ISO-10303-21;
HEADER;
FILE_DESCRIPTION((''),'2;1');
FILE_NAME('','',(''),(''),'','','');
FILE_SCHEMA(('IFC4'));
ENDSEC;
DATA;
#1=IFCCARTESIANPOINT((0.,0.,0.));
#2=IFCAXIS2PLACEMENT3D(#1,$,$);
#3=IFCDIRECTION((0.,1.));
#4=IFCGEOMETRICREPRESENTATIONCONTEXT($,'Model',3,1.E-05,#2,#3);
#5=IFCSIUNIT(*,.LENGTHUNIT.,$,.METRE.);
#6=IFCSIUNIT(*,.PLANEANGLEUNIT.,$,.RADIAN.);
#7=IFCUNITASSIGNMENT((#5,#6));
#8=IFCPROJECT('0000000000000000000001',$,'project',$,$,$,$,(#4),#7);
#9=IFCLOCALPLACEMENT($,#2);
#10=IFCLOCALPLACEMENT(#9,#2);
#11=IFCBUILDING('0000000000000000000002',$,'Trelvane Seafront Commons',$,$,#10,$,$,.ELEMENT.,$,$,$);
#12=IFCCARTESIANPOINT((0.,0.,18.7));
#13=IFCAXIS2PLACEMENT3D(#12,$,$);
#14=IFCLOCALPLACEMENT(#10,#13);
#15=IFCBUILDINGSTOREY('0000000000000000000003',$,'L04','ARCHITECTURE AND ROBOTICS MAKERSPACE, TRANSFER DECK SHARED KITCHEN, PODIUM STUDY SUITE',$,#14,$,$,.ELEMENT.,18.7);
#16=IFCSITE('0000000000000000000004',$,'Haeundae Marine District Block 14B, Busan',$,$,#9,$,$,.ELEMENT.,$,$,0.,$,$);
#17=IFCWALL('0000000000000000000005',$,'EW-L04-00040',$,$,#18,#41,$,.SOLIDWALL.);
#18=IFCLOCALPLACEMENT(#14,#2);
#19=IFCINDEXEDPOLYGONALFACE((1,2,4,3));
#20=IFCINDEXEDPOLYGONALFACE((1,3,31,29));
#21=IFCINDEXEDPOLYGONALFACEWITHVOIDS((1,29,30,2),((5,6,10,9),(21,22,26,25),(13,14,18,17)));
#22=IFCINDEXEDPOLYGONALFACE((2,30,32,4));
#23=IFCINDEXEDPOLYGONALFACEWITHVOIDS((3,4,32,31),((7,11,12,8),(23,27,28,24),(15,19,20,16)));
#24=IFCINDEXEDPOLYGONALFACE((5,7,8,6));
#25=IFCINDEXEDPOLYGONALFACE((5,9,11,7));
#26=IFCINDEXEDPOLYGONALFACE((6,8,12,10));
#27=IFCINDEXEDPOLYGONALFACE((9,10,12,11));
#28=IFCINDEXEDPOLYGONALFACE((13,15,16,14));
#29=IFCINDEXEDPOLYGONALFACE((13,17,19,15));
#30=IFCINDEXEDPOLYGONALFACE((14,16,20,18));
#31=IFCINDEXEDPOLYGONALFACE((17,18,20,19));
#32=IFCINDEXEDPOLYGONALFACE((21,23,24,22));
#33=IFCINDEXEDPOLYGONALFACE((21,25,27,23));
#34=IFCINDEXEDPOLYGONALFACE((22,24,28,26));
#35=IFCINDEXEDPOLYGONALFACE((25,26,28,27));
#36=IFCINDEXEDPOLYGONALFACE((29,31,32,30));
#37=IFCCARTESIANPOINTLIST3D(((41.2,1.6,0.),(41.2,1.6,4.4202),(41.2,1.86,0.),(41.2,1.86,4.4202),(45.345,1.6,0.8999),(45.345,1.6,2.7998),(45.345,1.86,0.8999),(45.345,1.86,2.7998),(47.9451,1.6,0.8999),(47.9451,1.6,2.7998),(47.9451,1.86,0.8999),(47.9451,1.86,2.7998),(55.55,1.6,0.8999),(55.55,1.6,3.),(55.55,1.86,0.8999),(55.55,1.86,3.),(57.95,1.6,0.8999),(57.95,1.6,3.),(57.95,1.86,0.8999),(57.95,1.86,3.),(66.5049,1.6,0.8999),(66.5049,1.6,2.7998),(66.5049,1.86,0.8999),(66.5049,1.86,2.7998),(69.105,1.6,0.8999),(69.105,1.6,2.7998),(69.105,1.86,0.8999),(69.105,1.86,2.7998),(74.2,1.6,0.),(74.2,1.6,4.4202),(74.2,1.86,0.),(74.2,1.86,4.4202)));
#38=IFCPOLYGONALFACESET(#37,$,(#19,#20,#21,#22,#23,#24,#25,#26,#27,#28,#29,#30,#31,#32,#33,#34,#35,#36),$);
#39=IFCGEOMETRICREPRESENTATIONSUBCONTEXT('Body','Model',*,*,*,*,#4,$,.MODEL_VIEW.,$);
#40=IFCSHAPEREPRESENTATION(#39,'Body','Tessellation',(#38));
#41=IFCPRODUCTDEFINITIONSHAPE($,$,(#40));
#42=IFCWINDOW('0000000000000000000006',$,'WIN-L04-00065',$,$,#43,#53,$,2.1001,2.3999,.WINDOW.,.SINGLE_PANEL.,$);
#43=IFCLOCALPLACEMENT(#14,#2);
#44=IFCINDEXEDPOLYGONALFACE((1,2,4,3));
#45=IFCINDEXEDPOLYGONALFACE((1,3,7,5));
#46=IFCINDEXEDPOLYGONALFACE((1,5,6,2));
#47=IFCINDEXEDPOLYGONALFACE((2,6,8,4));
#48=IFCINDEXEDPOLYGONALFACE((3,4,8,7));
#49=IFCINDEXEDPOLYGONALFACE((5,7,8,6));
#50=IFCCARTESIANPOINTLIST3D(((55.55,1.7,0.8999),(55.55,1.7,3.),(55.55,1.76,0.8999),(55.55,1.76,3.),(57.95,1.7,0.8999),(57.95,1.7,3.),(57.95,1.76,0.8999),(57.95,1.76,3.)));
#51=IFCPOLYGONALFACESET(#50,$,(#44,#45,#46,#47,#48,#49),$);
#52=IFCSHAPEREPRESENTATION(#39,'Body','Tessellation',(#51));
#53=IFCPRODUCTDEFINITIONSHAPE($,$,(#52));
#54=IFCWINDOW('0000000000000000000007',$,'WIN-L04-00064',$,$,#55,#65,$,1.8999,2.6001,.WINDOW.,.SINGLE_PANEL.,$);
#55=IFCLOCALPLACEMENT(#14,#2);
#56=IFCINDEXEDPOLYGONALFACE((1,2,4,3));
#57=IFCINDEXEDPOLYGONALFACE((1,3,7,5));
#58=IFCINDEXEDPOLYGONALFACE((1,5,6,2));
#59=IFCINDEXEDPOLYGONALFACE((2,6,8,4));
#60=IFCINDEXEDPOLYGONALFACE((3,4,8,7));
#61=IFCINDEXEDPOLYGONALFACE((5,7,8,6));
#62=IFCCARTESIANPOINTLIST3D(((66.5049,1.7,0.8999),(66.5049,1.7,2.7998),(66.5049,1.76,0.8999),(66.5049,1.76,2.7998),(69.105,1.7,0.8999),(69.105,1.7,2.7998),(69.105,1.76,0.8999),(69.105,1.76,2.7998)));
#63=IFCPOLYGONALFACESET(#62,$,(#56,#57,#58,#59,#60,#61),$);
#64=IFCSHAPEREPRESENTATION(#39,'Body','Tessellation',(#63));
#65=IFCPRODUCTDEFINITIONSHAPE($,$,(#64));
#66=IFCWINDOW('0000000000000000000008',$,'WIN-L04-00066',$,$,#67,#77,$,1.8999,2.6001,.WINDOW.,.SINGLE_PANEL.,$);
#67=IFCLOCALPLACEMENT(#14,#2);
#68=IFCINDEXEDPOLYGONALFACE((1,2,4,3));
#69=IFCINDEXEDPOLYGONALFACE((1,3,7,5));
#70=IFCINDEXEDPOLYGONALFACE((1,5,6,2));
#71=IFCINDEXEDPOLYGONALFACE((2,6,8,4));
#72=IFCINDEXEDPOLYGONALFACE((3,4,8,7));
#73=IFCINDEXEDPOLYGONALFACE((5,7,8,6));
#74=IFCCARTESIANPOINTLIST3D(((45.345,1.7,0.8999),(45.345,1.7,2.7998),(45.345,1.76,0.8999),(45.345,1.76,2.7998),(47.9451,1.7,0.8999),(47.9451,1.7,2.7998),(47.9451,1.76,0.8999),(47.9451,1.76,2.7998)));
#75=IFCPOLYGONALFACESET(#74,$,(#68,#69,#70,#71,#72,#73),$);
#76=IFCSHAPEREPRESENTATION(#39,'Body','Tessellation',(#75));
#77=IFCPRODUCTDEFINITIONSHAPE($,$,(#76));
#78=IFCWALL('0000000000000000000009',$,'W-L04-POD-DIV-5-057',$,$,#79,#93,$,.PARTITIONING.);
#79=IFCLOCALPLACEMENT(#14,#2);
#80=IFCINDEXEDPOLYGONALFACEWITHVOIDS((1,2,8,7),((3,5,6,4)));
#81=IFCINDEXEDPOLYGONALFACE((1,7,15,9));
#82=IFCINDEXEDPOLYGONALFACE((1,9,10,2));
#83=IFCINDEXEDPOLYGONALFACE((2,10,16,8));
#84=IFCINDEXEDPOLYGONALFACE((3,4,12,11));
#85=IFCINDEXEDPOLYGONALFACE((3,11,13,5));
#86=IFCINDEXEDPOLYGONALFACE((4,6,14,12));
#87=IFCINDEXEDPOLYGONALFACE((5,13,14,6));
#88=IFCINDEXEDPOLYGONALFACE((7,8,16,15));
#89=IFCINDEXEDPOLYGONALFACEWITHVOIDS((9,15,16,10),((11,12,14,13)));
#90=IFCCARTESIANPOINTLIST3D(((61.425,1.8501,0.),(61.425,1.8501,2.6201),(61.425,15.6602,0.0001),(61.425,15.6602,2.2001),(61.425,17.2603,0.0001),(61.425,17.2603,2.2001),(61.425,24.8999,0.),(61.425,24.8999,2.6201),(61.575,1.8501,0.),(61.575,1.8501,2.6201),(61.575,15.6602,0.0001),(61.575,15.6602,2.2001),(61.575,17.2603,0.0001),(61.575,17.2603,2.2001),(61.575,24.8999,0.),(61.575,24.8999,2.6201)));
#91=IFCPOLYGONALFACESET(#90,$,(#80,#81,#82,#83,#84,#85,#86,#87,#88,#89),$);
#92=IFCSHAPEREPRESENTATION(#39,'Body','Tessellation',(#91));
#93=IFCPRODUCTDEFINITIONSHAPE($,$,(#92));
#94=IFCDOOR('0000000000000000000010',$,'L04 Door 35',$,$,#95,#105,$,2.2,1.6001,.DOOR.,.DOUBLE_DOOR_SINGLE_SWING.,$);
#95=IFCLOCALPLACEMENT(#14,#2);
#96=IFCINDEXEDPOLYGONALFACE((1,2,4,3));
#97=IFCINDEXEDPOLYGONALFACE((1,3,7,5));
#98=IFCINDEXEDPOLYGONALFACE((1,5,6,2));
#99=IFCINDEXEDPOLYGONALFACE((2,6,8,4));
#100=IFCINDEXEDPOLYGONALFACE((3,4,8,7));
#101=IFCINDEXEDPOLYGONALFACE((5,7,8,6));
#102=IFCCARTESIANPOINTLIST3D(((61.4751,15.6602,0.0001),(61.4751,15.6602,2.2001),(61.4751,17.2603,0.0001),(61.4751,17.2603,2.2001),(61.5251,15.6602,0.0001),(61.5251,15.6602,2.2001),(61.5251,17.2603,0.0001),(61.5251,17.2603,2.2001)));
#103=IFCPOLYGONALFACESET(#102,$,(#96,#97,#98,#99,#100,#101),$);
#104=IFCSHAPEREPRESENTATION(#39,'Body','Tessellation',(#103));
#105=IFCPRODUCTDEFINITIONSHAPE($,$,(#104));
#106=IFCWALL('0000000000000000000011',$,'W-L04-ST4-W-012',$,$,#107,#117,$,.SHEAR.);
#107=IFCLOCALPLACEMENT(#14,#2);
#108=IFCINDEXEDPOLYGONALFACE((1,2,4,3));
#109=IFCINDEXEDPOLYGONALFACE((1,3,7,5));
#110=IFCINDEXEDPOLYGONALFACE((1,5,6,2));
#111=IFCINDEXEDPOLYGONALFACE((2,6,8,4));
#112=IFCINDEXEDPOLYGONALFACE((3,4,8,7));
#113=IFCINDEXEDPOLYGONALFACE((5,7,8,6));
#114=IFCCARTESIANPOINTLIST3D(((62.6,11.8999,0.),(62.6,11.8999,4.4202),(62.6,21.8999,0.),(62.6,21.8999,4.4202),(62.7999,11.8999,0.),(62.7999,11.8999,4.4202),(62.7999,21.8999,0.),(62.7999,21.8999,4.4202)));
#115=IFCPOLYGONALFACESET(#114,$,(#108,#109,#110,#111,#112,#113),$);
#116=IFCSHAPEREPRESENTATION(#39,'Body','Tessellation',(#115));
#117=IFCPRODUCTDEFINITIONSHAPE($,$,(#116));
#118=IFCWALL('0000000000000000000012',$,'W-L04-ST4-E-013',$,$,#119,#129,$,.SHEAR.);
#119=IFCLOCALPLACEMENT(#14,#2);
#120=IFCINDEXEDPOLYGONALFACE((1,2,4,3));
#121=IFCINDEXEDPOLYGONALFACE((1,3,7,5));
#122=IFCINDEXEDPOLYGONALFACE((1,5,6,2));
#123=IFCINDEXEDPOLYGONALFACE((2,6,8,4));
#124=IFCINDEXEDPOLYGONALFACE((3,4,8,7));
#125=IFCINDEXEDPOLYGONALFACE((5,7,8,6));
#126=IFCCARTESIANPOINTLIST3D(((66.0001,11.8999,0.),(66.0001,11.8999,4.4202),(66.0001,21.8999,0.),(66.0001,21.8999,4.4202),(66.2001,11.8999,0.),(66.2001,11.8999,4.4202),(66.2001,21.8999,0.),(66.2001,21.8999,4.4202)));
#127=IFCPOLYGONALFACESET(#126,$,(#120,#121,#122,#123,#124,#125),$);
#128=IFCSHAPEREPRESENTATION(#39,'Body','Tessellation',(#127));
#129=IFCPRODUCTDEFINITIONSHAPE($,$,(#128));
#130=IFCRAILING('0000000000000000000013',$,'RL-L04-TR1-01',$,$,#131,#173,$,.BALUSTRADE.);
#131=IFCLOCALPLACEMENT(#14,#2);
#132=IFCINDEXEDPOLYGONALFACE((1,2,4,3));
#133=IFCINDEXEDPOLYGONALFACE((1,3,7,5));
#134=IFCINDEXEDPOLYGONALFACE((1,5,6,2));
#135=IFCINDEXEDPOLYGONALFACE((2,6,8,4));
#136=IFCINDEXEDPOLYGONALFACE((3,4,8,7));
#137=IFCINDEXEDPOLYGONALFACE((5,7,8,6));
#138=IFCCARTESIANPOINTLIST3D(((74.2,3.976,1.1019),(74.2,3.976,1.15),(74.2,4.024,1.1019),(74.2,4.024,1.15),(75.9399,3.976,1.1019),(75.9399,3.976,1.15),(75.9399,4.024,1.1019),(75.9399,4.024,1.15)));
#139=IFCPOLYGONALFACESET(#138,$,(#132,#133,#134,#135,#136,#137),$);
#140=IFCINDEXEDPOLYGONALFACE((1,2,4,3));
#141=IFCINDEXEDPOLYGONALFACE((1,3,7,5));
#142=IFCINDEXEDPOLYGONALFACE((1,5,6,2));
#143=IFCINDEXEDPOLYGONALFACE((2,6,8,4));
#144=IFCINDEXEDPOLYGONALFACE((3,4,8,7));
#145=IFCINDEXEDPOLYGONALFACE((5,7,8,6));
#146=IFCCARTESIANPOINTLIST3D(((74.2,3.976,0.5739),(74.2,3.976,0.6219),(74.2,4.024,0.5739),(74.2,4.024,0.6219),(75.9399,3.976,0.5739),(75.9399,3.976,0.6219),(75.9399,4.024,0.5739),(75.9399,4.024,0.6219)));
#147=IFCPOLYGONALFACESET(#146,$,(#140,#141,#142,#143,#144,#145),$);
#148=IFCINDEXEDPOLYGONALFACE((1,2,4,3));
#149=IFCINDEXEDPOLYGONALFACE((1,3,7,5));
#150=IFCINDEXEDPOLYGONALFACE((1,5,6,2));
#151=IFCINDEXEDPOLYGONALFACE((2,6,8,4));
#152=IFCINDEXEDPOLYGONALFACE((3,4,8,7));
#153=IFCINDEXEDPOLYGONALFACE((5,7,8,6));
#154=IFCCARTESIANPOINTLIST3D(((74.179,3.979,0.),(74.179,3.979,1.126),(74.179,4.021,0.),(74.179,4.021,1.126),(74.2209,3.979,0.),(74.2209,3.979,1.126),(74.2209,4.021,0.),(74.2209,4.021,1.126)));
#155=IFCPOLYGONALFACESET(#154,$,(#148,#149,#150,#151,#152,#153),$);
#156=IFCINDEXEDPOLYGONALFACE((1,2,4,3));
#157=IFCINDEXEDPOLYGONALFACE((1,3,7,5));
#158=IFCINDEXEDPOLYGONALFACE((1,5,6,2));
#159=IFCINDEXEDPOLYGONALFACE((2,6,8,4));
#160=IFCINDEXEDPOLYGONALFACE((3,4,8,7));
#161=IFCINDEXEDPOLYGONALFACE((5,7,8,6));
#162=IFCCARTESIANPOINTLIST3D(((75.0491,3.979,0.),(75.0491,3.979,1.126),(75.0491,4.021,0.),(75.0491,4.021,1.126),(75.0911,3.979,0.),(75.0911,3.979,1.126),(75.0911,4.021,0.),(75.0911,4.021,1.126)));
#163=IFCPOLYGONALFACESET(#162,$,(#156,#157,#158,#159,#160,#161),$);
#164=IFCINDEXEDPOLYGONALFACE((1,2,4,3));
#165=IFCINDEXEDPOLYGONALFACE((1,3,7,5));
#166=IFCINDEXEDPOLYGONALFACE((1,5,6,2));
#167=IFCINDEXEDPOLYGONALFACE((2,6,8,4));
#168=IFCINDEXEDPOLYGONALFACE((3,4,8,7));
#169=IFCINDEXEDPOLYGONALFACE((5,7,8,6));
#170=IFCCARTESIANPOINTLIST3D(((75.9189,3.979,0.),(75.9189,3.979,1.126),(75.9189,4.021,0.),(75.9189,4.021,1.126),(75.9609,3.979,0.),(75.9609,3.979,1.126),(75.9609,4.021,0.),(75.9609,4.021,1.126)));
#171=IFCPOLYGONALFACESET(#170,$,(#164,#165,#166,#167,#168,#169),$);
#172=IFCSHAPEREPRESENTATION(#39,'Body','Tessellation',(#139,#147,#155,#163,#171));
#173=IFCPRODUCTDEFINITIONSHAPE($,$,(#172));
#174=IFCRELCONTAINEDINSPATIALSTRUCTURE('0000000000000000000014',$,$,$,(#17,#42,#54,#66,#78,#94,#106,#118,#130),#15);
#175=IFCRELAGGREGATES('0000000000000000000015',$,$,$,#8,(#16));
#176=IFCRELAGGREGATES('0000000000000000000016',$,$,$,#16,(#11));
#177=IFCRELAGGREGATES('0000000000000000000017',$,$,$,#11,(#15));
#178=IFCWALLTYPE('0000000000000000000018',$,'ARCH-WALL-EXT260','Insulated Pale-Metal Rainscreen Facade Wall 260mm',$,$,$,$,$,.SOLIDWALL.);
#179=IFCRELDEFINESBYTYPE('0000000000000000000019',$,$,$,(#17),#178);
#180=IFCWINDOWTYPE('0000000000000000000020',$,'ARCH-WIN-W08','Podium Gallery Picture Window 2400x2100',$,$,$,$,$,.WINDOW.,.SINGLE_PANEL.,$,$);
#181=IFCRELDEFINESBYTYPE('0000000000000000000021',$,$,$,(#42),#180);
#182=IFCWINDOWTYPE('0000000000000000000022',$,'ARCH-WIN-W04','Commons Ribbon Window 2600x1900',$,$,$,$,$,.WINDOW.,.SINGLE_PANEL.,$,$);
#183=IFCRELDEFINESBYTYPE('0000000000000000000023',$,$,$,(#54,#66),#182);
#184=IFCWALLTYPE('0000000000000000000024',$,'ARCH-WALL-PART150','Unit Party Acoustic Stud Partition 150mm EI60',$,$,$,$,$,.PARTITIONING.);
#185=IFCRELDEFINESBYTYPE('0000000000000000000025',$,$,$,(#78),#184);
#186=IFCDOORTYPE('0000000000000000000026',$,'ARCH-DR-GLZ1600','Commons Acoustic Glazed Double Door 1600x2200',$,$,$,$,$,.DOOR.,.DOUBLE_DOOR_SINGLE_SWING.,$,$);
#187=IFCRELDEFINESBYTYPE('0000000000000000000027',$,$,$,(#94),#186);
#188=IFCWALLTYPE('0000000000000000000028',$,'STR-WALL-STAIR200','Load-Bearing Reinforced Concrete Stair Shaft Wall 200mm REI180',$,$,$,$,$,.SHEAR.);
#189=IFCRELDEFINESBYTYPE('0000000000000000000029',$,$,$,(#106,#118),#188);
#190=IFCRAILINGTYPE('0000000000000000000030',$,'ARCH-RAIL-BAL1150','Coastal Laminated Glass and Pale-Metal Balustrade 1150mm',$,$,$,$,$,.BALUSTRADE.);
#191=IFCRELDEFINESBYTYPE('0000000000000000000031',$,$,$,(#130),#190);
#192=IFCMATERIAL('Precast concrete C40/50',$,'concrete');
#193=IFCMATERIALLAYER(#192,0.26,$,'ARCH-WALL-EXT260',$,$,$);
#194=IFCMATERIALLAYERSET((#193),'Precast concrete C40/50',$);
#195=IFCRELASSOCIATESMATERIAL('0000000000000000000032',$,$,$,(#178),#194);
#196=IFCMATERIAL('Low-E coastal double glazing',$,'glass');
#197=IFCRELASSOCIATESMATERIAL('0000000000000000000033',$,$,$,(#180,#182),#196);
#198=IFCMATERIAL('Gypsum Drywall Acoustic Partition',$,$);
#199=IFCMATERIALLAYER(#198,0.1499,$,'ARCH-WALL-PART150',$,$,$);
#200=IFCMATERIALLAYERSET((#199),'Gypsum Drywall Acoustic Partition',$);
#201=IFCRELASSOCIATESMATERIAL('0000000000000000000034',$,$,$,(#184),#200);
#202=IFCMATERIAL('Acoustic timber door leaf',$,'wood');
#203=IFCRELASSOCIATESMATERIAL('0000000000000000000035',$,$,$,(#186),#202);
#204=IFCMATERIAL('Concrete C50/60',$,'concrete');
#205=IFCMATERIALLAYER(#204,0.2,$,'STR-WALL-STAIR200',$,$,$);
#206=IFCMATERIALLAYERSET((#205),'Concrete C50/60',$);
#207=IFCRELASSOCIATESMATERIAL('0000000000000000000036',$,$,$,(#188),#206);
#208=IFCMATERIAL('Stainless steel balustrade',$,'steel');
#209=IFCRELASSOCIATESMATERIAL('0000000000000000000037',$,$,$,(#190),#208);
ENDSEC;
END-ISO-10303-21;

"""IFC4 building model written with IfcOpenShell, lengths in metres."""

from ifc_helpers import new_model, si_unit, direction, frame, frame_2d, origin, origin_2d, place, context, subcontext, project, spatial, rectangle, extrude, source, transform, mapped, material, layer, layer_set, type_object, element, fill, save


model = new_model("IFC4")

# Units and contexts
model_context = context("Model", 3, precision=1e-05, world=origin(), true_north=direction((0.0, 1.0)))
body_context = subcontext(model_context, "Body", "Model", "MODEL_VIEW")
ifc_project = project(units=[si_unit("LENGTHUNIT", "METRE"), si_unit("PLANEANGLEUNIT", "RADIAN")], contexts=[model_context])

# Site, building, storey
site_placement = place(None, origin())
site = spatial("IfcSite", under=ifc_project, at=site_placement, Name="Haeundae Marine District Block 14B, Busan", CompositionType="ELEMENT", RefElevation=0.0)
building_placement = place(site_placement, origin())
building = spatial("IfcBuilding", under=site, at=building_placement, Name="Trelvane Seafront Commons", CompositionType="ELEMENT")
storey_placement = place(building_placement, frame((0.0, 0.0, 18.7)))
storey = spatial("IfcBuildingStorey", under=building, at=storey_placement, Name="L04", Description="ARCHITECTURE AND ROBOTICS MAKERSPACE, TRANSFER DECK SHARED KITCHEN, PODIUM STUDY SUITE", CompositionType="ELEMENT", Elevation=18.7)

# Wall, openings, windows
ifc_material_1 = material(Name="Precast concrete C40/50", Category="concrete")
ifc_layer_1 = layer(ifc_material_1, 0.26, Name="ARCH-WALL-EXT260")
ifc_layer_set_1 = layer_set([ifc_layer_1], Name="Precast concrete C40/50")
wall_type_1 = type_object("IfcWallType", Name="ARCH-WALL-EXT260", Description="Insulated Pale-Metal Rainscreen Facade Wall 260mm", PredefinedType="SOLIDWALL", material=ifc_layer_set_1)
wall_1_placement = place(storey_placement, frame((74.2, 1.73, 0.0), z_axis=(0.0, 0.0, 1.0), x_axis=(-1.0, 0.0, 0.0)))
wall_1 = element("IfcWall", 1, at=wall_1_placement, inside=storey, type_object=wall_type_1, Name="EW-L04-00040", PredefinedType="SOLIDWALL", context=body_context, shape_type="SweptSolid", body=[
    extrude(rectangle(XDim=33.0, YDim=0.26, at=frame_2d((16.5, 0.0))), origin(), (0.0, 0.0, 1.0), 4.4202),
])
opening_1_placement = place(wall_1_placement, frame((5.095, 0.0, 0.8999)))
opening_1 = element("IfcOpeningElement", 2, at=opening_1_placement, cuts=wall_1, PredefinedType="OPENING", context=body_context, shape_type="SweptSolid", body=[
    extrude(rectangle(XDim=2.6001, YDim=1.8999, at=frame_2d((1.3, 0.95))), frame((0.0, 0.1399, 0.0), z_axis=(0.0, -1.0, 0.0), x_axis=(1.0, 0.0, 0.0)), (0.0, 0.0, 1.0), 0.28),
])
opening_2_placement = place(wall_1_placement, frame((16.25, 0.0, 0.8999)))
opening_2 = element("IfcOpeningElement", 3, at=opening_2_placement, cuts=wall_1, PredefinedType="OPENING", context=body_context, shape_type="SweptSolid", body=[
    extrude(rectangle(XDim=2.3999, YDim=2.1001, at=frame_2d((1.2, 1.05))), frame((0.0, 0.1399, 0.0), z_axis=(0.0, -1.0, 0.0), x_axis=(1.0, 0.0, 0.0)), (0.0, 0.0, 1.0), 0.28),
])
opening_3_placement = place(wall_1_placement, frame((26.2549, 0.0, 0.8999)))
opening_3 = element("IfcOpeningElement", 4, at=opening_3_placement, cuts=wall_1, PredefinedType="OPENING", context=body_context, shape_type="SweptSolid", body=[
    extrude(rectangle(XDim=2.6001, YDim=1.8999, at=frame_2d((1.3, 0.95))), frame((0.0, 0.1399, 0.0), z_axis=(0.0, -1.0, 0.0), x_axis=(1.0, 0.0, 0.0)), (0.0, 0.0, 1.0), 0.28),
])
ifc_material_2 = material(Name="Low-E coastal double glazing", Category="glass")
window_type_1 = type_object("IfcWindowType", Name="ARCH-WIN-W08", Description="Podium Gallery Picture Window 2400x2100", PartitioningType="SINGLE_PANEL", PredefinedType="WINDOW", material=ifc_material_2)
shared_shape_1 = source(origin(), body_context, "Body", "SweptSolid", [
    extrude(rectangle(XDim=2.3999, YDim=2.1001, at=frame_2d((1.2, 1.05))), frame((0.0, 0.03, 0.0), z_axis=(0.0, -1.0, 0.0), x_axis=(1.0, 0.0, 0.0)), (0.0, 0.0, 1.0), 0.0601),
])
window_1_placement = place(opening_2_placement, origin())
window_1 = element("IfcWindow", 5, at=window_1_placement, inside=storey, type_object=window_type_1, Name="WIN-L04-00065", OverallHeight=2.1001, OverallWidth=2.3999, PartitioningType="SINGLE_PANEL", PredefinedType="WINDOW", context=body_context, shape_type="MappedRepresentation", body=[
    mapped(shared_shape_1, transform((0.0, 0.0, 0.0), x_axis=(1.0, 0.0, 0.0), y_axis=(0.0, 1.0, 0.0), z_axis=(0.0, 0.0, 1.0), scale=1.0)),
])
fill(opening_2, window_1)
window_type_2 = type_object("IfcWindowType", Name="ARCH-WIN-W04", Description="Commons Ribbon Window 2600x1900", PartitioningType="SINGLE_PANEL", PredefinedType="WINDOW", material=ifc_material_2)
shared_shape_2 = source(origin(), body_context, "Body", "SweptSolid", [
    extrude(rectangle(XDim=2.6001, YDim=1.8999, at=frame_2d((1.3, 0.95))), frame((0.0, 0.03, 0.0), z_axis=(0.0, -1.0, 0.0), x_axis=(1.0, 0.0, 0.0)), (0.0, 0.0, 1.0), 0.0601),
])
window_2_placement = place(opening_1_placement, origin())
window_2 = element("IfcWindow", 6, at=window_2_placement, inside=storey, type_object=window_type_2, Name="WIN-L04-00064", OverallHeight=1.8999, OverallWidth=2.6001, PartitioningType="SINGLE_PANEL", PredefinedType="WINDOW", context=body_context, shape_type="MappedRepresentation", body=[
    mapped(shared_shape_2, transform((0.0, 0.0, 0.0), x_axis=(1.0, 0.0, 0.0), y_axis=(0.0, 1.0, 0.0), z_axis=(0.0, 0.0, 1.0), scale=1.0)),
])
fill(opening_1, window_2)
window_3_placement = place(opening_3_placement, origin())
window_3 = element("IfcWindow", 7, at=window_3_placement, inside=storey, type_object=window_type_2, Name="WIN-L04-00066", OverallHeight=1.8999, OverallWidth=2.6001, PartitioningType="SINGLE_PANEL", PredefinedType="WINDOW", context=body_context, shape_type="MappedRepresentation", body=[
    mapped(shared_shape_2, transform((0.0, 0.0, 0.0), x_axis=(1.0, 0.0, 0.0), y_axis=(0.0, 1.0, 0.0), z_axis=(0.0, 0.0, 1.0), scale=1.0)),
])
fill(opening_3, window_3)

# Wall, opening, door
ifc_material_3 = material(Name="Gypsum Drywall Acoustic Partition")
ifc_layer_2 = layer(ifc_material_3, 0.1499, Name="ARCH-WALL-PART150")
ifc_layer_set_2 = layer_set([ifc_layer_2], Name="Gypsum Drywall Acoustic Partition")
wall_type_2 = type_object("IfcWallType", Name="ARCH-WALL-PART150", Description="Unit Party Acoustic Stud Partition 150mm EI60", PredefinedType="PARTITIONING", material=ifc_layer_set_2)
wall_2_placement = place(storey_placement, frame((61.5, 1.8501, 0.0), z_axis=(0.0, 0.0, 1.0), x_axis=(0.0, 1.0, 0.0)))
wall_2 = element("IfcWall", 8, at=wall_2_placement, inside=storey, type_object=wall_type_2, Name="W-L04-POD-DIV-5-057", PredefinedType="PARTITIONING", context=body_context, shape_type="SweptSolid", body=[
    extrude(rectangle(XDim=23.0498, YDim=0.1499, at=frame_2d((11.5249, 0.0))), origin(), (0.0, 0.0, 1.0), 2.6201),
])
opening_4_placement = place(wall_2_placement, frame((13.8101, 0.0, 0.0)))
opening_4 = element("IfcOpeningElement", 9, at=opening_4_placement, cuts=wall_2, PredefinedType="OPENING", context=body_context, shape_type="SweptSolid", body=[
    extrude(rectangle(XDim=1.6001, YDim=2.2, at=frame_2d((0.8, 1.1001))), frame((0.0, 0.085, 0.0), z_axis=(0.0, -1.0, 0.0), x_axis=(1.0, 0.0, 0.0)), (0.0, 0.0, 1.0), 0.1699),
])
ifc_material_4 = material(Name="Acoustic timber door leaf", Category="wood")
door_type_1 = type_object("IfcDoorType", Name="ARCH-DR-GLZ1600", Description="Commons Acoustic Glazed Double Door 1600x2200", OperationType="DOUBLE_DOOR_SINGLE_SWING", PredefinedType="DOOR", material=ifc_material_4)
shared_shape_3 = source(origin(), body_context, "Body", "SweptSolid", [
    extrude(rectangle(XDim=1.6001, YDim=2.2, at=frame_2d((0.8, 1.1001))), frame((0.0, 0.0249, 0.0), z_axis=(0.0, -1.0, 0.0), x_axis=(1.0, 0.0, 0.0)), (0.0, 0.0, 1.0), 0.05),
])
door_1_placement = place(opening_4_placement, origin())
door_1 = element("IfcDoor", 10, at=door_1_placement, inside=storey, type_object=door_type_1, Name="L04 Door 35", OperationType="DOUBLE_DOOR_SINGLE_SWING", OverallHeight=2.2, OverallWidth=1.6001, PredefinedType="DOOR", context=body_context, shape_type="MappedRepresentation", body=[
    mapped(shared_shape_3, transform((0.0, 0.0, 0.0), x_axis=(1.0, 0.0, 0.0), y_axis=(0.0, 1.0, 0.0), z_axis=(0.0, 0.0, 1.0), scale=1.0)),
])
fill(opening_4, door_1)

# Walls
ifc_material_5 = material(Name="Concrete C50/60", Category="concrete")
ifc_layer_3 = layer(ifc_material_5, 0.2, Name="STR-WALL-STAIR200")
ifc_layer_set_3 = layer_set([ifc_layer_3], Name="Concrete C50/60")
wall_type_3 = type_object("IfcWallType", Name="STR-WALL-STAIR200", Description="Load-Bearing Reinforced Concrete Stair Shaft Wall 200mm REI180", PredefinedType="SHEAR", material=ifc_layer_set_3)
for number, where, z_axis, x_axis, name in (
    (11, (62.7, 11.8999, 0.0), (0.0, 0.0, 1.0), (0.0, 1.0, 0.0), "W-L04-ST4-W-012"),
    (12, (66.1001, 11.8999, 0.0), (0.0, 0.0, 1.0), (0.0, 1.0, 0.0), "W-L04-ST4-E-013"),
):
    element("IfcWall", number, at=place(storey_placement, frame(where, z_axis=z_axis, x_axis=x_axis)), inside=storey, type_object=wall_type_3, Name=name, PredefinedType="SHEAR", context=body_context, shape_type="SweptSolid", body=[
        extrude(rectangle(XDim=10.0, YDim=0.2, at=frame_2d((5.0, 0.0))), origin(), (0.0, 0.0, 1.0), 4.4202),
    ])

# Railing
ifc_material_6 = material(Name="Stainless steel balustrade", Category="steel")
railing_type_1 = type_object("IfcRailingType", Name="ARCH-RAIL-BAL1150", Description="Coastal Laminated Glass and Pale-Metal Balustrade 1150mm", PredefinedType="BALUSTRADE", material=ifc_material_6)
railing_1_placement = place(storey_placement, frame((74.2, 4.0, 0.0)))
element("IfcRailing", 13, at=railing_1_placement, inside=storey, type_object=railing_type_1, Name="RL-L04-TR1-01", PredefinedType="BALUSTRADE", context=body_context, shape_type="SweptSolid", body=[
    extrude(rectangle(XDim=0.0481, YDim=0.0481, at=origin_2d()), frame((0.0, 0.0, 1.126), z_axis=(1.0, 0.0, 0.0), x_axis=(0.0, 1.0, 0.0)), (0.0, 0.0, 1.0), 1.74),
    extrude(rectangle(XDim=0.0481, YDim=0.0481, at=origin_2d()), frame((0.0, 0.0, 0.5979), z_axis=(1.0, 0.0, 0.0), x_axis=(0.0, 1.0, 0.0)), (0.0, 0.0, 1.0), 1.74),
    extrude(rectangle(XDim=0.042, YDim=0.042, at=origin_2d()), origin(), (0.0, 0.0, 1.0), 1.126),
    extrude(rectangle(XDim=0.042, YDim=0.042, at=origin_2d()), frame((0.8701, 0.0, 0.0)), (0.0, 0.0, 1.0), 1.126),
    extrude(rectangle(XDim=0.042, YDim=0.042, at=origin_2d()), frame((1.74, 0.0, 0.0)), (0.0, 0.0, 1.0), 1.126),
])

save(model, "model.ifc")
